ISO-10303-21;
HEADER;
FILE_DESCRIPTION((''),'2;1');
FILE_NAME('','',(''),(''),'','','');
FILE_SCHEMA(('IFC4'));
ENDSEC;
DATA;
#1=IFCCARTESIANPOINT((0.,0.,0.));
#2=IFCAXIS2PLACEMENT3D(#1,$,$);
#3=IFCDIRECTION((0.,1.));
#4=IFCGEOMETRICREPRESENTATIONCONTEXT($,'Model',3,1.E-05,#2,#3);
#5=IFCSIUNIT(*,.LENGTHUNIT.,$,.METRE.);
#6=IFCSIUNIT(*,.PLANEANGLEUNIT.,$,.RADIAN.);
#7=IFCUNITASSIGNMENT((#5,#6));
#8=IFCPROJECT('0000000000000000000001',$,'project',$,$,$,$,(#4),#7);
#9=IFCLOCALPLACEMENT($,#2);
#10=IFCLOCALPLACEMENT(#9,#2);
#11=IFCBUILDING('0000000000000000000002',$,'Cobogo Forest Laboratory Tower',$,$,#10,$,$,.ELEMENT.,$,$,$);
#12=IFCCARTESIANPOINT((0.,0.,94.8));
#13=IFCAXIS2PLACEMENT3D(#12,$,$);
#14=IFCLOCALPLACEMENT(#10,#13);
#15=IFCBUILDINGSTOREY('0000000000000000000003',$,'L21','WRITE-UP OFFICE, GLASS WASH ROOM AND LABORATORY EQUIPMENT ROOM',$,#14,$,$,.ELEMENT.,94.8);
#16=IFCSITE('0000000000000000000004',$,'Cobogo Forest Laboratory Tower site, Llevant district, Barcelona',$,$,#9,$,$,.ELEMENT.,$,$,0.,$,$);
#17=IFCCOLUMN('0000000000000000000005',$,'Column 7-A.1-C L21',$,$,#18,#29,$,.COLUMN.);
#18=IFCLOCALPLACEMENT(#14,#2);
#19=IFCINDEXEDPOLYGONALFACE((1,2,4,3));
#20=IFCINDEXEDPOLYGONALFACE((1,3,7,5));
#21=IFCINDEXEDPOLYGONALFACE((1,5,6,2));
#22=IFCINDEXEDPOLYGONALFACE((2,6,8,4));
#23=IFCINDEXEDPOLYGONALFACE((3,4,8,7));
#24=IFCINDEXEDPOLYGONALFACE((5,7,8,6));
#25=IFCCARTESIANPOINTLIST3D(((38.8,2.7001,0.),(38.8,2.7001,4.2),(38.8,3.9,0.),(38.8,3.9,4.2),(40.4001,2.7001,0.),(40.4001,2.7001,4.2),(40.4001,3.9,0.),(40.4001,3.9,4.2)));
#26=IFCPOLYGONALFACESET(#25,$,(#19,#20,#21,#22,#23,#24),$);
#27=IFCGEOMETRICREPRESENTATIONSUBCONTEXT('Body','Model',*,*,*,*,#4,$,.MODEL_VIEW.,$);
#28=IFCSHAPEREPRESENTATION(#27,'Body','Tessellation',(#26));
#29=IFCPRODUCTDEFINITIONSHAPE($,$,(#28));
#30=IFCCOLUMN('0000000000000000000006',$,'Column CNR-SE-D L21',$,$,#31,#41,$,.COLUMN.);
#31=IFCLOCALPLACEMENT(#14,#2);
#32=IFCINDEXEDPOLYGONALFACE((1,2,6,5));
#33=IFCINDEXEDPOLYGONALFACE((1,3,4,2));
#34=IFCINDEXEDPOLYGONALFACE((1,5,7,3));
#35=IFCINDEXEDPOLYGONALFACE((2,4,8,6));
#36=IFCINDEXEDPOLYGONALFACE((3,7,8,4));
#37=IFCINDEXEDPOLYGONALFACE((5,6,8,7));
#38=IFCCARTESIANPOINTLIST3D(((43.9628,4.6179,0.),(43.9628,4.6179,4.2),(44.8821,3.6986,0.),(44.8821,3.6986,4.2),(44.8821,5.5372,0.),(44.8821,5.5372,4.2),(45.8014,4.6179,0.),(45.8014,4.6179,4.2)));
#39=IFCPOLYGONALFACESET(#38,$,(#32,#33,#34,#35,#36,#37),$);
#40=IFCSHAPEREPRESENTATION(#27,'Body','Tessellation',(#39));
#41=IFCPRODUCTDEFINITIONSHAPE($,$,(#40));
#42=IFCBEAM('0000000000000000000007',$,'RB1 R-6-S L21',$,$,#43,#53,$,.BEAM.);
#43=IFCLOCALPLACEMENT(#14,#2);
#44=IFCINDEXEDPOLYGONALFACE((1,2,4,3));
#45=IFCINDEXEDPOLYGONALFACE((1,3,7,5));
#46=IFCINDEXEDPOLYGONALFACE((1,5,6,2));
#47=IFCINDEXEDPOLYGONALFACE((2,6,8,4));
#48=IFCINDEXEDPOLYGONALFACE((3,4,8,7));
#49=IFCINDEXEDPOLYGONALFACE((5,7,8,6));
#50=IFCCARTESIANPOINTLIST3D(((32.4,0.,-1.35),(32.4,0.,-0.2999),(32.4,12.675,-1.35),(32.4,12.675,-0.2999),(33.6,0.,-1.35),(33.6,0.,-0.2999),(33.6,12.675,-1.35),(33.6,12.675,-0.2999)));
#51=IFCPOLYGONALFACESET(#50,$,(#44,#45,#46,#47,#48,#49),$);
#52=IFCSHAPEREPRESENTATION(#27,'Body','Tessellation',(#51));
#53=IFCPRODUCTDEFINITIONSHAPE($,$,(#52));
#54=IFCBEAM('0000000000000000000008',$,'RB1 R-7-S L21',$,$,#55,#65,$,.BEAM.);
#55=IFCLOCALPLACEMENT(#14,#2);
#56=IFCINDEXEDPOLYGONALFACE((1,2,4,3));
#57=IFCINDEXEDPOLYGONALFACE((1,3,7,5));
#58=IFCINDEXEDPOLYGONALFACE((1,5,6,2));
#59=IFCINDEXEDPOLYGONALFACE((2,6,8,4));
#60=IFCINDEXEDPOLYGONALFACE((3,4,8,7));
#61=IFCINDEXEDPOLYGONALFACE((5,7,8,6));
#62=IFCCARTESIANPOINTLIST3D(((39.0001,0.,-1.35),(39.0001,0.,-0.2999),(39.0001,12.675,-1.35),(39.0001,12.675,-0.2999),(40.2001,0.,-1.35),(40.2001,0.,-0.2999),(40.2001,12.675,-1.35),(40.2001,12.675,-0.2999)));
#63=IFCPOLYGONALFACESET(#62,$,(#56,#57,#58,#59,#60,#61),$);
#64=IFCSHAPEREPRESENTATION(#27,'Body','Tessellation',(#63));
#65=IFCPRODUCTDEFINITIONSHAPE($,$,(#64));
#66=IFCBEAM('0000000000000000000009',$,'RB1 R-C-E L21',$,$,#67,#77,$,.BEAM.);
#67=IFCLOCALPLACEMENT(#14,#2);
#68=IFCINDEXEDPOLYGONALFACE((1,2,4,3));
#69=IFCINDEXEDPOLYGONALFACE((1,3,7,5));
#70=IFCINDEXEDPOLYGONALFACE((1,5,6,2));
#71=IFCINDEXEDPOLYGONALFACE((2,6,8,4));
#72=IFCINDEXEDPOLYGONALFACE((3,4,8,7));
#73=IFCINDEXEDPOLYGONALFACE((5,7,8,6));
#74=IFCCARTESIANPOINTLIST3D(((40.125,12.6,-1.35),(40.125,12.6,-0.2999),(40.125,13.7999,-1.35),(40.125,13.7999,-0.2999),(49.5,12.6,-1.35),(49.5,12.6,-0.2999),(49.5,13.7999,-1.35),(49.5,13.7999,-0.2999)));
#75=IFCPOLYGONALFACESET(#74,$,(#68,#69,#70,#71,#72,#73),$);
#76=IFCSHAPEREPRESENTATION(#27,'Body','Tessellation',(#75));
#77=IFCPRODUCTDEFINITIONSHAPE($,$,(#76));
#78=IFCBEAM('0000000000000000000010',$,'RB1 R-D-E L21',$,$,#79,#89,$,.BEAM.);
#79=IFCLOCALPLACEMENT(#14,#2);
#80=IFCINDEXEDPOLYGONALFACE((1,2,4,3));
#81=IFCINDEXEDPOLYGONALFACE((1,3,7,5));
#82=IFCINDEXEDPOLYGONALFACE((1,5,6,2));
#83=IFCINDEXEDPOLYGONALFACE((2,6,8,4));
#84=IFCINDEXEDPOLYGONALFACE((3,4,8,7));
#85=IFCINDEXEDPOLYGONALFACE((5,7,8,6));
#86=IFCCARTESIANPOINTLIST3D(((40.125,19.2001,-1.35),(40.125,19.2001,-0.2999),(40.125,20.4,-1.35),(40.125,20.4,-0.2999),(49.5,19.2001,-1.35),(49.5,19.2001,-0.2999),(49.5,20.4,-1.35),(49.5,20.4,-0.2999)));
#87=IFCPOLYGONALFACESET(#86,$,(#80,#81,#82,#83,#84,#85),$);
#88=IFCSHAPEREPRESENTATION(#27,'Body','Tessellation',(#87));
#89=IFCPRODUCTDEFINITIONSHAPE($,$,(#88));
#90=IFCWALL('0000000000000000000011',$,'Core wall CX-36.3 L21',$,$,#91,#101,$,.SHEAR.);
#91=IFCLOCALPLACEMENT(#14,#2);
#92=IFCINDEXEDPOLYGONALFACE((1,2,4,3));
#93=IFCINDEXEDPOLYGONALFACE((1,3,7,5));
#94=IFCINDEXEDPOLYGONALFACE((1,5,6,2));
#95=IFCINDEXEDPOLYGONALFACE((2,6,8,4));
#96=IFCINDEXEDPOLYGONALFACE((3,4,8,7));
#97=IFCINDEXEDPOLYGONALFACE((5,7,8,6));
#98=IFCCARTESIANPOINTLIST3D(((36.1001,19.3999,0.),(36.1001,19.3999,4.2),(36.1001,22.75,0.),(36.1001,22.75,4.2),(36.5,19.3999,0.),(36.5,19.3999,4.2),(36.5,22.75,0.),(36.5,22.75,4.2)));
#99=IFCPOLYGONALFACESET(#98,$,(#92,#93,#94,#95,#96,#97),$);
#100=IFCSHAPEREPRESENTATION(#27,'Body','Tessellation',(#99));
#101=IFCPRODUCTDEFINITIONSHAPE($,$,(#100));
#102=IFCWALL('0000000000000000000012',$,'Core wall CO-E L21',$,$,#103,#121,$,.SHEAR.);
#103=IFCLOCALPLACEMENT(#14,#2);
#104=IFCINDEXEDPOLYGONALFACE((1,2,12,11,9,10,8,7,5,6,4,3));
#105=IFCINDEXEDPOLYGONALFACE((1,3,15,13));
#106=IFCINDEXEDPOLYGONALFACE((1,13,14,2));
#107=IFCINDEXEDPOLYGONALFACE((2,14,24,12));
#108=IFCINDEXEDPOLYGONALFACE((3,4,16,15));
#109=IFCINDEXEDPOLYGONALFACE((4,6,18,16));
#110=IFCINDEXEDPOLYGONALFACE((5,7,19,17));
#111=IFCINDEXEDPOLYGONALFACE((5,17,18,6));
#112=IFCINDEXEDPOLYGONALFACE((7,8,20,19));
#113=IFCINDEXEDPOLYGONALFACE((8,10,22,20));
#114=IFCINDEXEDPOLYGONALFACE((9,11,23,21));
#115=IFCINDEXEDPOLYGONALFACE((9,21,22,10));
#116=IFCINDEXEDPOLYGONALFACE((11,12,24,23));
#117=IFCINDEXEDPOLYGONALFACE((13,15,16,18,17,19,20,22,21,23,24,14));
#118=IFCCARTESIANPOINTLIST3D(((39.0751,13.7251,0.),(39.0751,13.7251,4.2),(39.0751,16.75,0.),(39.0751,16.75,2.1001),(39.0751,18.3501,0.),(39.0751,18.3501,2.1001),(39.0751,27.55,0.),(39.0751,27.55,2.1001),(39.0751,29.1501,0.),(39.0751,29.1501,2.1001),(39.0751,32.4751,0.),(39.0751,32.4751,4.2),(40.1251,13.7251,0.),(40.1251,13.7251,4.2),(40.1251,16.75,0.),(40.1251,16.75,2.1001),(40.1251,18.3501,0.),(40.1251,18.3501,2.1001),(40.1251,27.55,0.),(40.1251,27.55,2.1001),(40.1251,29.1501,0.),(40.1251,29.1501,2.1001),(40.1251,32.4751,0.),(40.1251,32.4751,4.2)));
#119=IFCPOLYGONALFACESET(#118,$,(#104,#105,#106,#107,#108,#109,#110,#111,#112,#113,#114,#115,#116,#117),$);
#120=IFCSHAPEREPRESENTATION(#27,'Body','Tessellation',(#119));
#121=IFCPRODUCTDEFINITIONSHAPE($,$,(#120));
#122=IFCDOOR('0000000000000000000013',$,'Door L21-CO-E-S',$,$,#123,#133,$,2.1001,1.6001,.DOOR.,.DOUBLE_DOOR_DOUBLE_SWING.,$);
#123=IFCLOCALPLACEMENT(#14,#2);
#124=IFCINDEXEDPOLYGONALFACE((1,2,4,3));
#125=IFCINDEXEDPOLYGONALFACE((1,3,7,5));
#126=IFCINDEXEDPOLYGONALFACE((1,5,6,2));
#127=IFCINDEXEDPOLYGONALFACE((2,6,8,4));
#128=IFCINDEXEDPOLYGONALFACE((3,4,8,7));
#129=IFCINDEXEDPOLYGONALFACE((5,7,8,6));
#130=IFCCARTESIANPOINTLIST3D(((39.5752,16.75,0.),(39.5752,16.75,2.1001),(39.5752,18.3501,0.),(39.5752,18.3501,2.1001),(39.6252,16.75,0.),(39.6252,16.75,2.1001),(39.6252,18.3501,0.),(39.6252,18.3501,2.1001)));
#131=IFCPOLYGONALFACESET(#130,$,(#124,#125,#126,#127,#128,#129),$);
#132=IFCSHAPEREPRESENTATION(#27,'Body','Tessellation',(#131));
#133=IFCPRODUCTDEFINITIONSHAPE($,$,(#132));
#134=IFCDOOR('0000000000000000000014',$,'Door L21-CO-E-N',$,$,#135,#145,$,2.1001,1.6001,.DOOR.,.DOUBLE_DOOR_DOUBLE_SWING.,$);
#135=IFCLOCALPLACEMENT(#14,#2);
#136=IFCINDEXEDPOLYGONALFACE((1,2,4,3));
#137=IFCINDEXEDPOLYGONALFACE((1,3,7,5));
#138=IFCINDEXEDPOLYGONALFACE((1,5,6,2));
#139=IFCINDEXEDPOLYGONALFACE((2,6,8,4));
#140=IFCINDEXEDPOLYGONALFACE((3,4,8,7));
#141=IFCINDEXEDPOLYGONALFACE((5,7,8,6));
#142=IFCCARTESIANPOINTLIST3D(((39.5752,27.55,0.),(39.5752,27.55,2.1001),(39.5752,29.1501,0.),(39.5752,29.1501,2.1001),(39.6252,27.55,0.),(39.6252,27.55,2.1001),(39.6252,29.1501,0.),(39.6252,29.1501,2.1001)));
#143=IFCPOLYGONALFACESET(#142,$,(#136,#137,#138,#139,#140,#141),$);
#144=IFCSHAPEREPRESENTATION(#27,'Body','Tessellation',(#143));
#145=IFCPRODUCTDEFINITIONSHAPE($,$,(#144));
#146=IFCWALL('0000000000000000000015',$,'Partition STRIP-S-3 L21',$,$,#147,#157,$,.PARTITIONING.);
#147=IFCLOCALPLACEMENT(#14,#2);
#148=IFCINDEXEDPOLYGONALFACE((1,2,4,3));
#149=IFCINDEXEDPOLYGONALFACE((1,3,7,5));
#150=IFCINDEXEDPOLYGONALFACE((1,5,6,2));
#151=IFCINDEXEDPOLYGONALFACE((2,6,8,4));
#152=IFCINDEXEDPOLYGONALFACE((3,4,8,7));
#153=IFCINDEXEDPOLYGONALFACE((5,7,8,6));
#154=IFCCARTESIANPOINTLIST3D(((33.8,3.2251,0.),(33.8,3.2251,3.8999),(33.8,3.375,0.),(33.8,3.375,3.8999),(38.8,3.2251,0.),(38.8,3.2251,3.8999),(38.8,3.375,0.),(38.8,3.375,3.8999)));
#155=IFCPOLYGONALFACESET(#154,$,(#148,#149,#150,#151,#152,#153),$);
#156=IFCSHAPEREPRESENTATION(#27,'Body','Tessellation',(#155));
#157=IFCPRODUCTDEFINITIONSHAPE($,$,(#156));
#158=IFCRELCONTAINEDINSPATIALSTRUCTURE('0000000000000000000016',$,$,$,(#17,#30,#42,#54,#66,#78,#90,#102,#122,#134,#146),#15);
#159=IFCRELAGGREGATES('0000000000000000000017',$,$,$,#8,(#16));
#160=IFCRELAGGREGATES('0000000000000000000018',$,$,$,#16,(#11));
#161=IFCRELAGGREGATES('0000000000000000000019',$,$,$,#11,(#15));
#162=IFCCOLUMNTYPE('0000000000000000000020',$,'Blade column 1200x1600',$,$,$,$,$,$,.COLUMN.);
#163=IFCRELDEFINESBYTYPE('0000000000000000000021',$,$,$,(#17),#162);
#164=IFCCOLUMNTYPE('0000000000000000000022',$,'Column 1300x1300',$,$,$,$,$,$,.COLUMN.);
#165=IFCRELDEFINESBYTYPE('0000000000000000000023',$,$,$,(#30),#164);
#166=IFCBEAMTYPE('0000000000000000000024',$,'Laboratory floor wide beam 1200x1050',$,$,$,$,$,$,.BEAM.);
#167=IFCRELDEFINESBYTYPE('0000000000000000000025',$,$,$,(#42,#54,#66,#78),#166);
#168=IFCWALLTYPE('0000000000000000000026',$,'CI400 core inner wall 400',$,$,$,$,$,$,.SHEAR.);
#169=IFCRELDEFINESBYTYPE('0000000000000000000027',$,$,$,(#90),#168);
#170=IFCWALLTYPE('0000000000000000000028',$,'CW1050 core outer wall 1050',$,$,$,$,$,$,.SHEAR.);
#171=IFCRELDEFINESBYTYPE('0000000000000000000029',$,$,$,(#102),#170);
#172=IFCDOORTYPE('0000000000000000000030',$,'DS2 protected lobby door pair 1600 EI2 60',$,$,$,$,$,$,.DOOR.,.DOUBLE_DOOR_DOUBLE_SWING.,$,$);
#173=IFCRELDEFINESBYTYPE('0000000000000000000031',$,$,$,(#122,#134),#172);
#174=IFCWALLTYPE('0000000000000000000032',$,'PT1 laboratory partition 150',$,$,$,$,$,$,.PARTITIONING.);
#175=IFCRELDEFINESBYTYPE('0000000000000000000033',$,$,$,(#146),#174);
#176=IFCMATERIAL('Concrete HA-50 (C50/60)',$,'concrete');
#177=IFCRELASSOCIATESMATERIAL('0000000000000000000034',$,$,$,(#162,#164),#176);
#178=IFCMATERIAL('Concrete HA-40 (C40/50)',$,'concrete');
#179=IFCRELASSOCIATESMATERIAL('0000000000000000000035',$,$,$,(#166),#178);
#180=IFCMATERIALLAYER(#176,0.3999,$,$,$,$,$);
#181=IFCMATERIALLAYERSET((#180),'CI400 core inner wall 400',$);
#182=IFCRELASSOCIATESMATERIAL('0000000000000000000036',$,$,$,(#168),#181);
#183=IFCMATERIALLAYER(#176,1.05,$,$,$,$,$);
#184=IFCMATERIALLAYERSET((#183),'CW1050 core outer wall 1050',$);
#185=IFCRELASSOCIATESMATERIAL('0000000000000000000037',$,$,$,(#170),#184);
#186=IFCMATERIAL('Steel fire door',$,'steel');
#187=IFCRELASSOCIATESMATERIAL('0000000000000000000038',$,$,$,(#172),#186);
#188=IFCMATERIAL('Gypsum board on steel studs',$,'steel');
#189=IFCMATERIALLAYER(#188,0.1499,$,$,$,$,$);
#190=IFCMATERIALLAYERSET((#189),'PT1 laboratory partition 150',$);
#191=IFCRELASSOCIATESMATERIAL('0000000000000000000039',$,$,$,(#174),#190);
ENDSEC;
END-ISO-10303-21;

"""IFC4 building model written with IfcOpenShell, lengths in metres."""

from ifc_helpers import new_model, si_unit, direction, frame, frame_2d, origin, origin_2d, place, context, subcontext, project, spatial, rectangle, extrude, material, layer, layer_set, material_profile, profile_set, type_object, element, fill, save


model = new_model("IFC4")

# Units and contexts
model_context = context("Model", 3, precision=1e-05, world=origin(), true_north=direction((0.0, 1.0)))
body_context = subcontext(model_context, "Body", "Model", "MODEL_VIEW")
ifc_project = project(units=[si_unit("LENGTHUNIT", "METRE"), si_unit("PLANEANGLEUNIT", "RADIAN")], contexts=[model_context])

# Site, building, storey
site_placement = place(None, origin())
site = spatial("IfcSite", under=ifc_project, at=site_placement, Name="Cobogo Forest Laboratory Tower site, Llevant district, Barcelona", CompositionType="ELEMENT", RefElevation=0.0)
building_placement = place(site_placement, origin())
building = spatial("IfcBuilding", under=site, at=building_placement, Name="Cobogo Forest Laboratory Tower", CompositionType="ELEMENT")
storey_placement = place(building_placement, frame((0.0, 0.0, 94.8)))
storey = spatial("IfcBuildingStorey", under=building, at=storey_placement, Name="L21", Description="WRITE-UP OFFICE, GLASS WASH ROOM AND LABORATORY EQUIPMENT ROOM", CompositionType="ELEMENT", Elevation=94.8)

# Columns
ifc_material_1 = material(Name="Concrete HA-50 (C50/60)", Category="concrete")
ifc_material_profile_1 = material_profile(ifc_material_1, rectangle(XDim=1.6001, YDim=1.2, at=origin_2d()), Name="RC 1200x1600")
ifc_profile_set_1 = profile_set([ifc_material_profile_1], Name="Concrete HA-50 (C50/60)")
column_type_1 = type_object("IfcColumnType", Name="Blade column 1200x1600", PredefinedType="COLUMN", material=ifc_profile_set_1)
column_1_placement = place(storey_placement, frame((39.6001, 3.3, 0.0), z_axis=(0.0, 0.0, 1.0), x_axis=(1.0, 0.0, 0.0)))
element("IfcColumn", 1, at=column_1_placement, inside=storey, type_object=column_type_1, Name="Column 7-A.1-C L21", PredefinedType="COLUMN", context=body_context, shape_type="SweptSolid", body=[
    extrude(rectangle(XDim=1.6001, YDim=1.2, at=origin_2d()), origin(), (0.0, 0.0, 1.0), 4.2),
])
ifc_material_profile_2 = material_profile(ifc_material_1, rectangle(XDim=1.3, YDim=1.3, at=origin_2d()), Name="RC 1300x1300")
ifc_profile_set_2 = profile_set([ifc_material_profile_2], Name="Concrete HA-50 (C50/60)")
column_type_2 = type_object("IfcColumnType", Name="Column 1300x1300", PredefinedType="COLUMN", material=ifc_profile_set_2)
column_2_placement = place(storey_placement, frame((44.8821, 4.6179, 0.0), z_axis=(0.0, 0.0, 1.0), x_axis=(0.707107, 0.707107, 0.0)))
element("IfcColumn", 2, at=column_2_placement, inside=storey, type_object=column_type_2, Name="Column CNR-SE-D L21", PredefinedType="COLUMN", context=body_context, shape_type="SweptSolid", body=[
    extrude(rectangle(XDim=1.3, YDim=1.3, at=origin_2d()), origin(), (0.0, 0.0, 1.0), 4.2),
])

# Beams
ifc_material_2 = material(Name="Concrete HA-40 (C40/50)", Category="concrete")
ifc_material_profile_3 = material_profile(ifc_material_2, rectangle(XDim=1.2, YDim=1.05, at=origin_2d()), Name="RC 1200x1050")
ifc_profile_set_3 = profile_set([ifc_material_profile_3], Name="Concrete HA-40 (C40/50)")
beam_type = type_object("IfcBeamType", Name="Laboratory floor wide beam 1200x1050", PredefinedType="BEAM", material=ifc_profile_set_3)
for number, where, z_axis, x_axis, name in (
    (3, (33.0, 12.675, -0.825), (0.0, -1.0, 0.0), (1.0, 0.0, 0.0), "RB1 R-6-S L21"),
    (4, (39.6001, 12.675, -0.825), (0.0, -1.0, 0.0), (1.0, 0.0, 0.0), "RB1 R-7-S L21"),
):
    element("IfcBeam", number, at=place(storey_placement, frame(where, z_axis=z_axis, x_axis=x_axis)), inside=storey, type_object=beam_type, Name=name, PredefinedType="BEAM", context=body_context, shape_type="SweptSolid", body=[
        extrude(rectangle(XDim=1.2, YDim=1.05, at=origin_2d()), origin(), (0.0, 0.0, 1.0), 12.675),
    ])
for number, where, z_axis, x_axis, name in (
    (5, (40.125, 13.2, -0.825), (1.0, 0.0, 0.0), (0.0, 1.0, 0.0), "RB1 R-C-E L21"),
    (6, (40.125, 19.8, -0.825), (1.0, 0.0, 0.0), (0.0, 1.0, 0.0), "RB1 R-D-E L21"),
):
    element("IfcBeam", number, at=place(storey_placement, frame(where, z_axis=z_axis, x_axis=x_axis)), inside=storey, type_object=beam_type, Name=name, PredefinedType="BEAM", context=body_context, shape_type="SweptSolid", body=[
        extrude(rectangle(XDim=1.2, YDim=1.05, at=origin_2d()), origin(), (0.0, 0.0, 1.0), 9.375),
    ])

# Wall
ifc_layer_1 = layer(ifc_material_1, 0.3999)
ifc_layer_set_1 = layer_set([ifc_layer_1], Name="CI400 core inner wall 400")
wall_type_1 = type_object("IfcWallType", Name="CI400 core inner wall 400", PredefinedType="SHEAR", material=ifc_layer_set_1)
wall_1_placement = place(storey_placement, frame((36.3, 19.3999, 0.0), z_axis=(0.0, 0.0, 1.0), x_axis=(0.0, 1.0, 0.0)))
element("IfcWall", 7, at=wall_1_placement, inside=storey, type_object=wall_type_1, Name="Core wall CX-36.3 L21", PredefinedType="SHEAR", context=body_context, shape_type="SweptSolid", body=[
    extrude(rectangle(XDim=3.3501, YDim=0.3999, at=frame_2d((1.675, 0.0))), origin(), (0.0, 0.0, 1.0), 4.2),
])

# Wall, openings, doors
ifc_layer_2 = layer(ifc_material_1, 1.05)
ifc_layer_set_2 = layer_set([ifc_layer_2], Name="CW1050 core outer wall 1050")
wall_type_2 = type_object("IfcWallType", Name="CW1050 core outer wall 1050", PredefinedType="SHEAR", material=ifc_layer_set_2)
wall_2_placement = place(storey_placement, frame((39.6001, 13.7251, 0.0), z_axis=(0.0, 0.0, 1.0), x_axis=(0.0, 1.0, 0.0)))
wall_2 = element("IfcWall", 8, at=wall_2_placement, inside=storey, type_object=wall_type_2, Name="Core wall CO-E L21", PredefinedType="SHEAR", context=body_context, shape_type="SweptSolid", body=[
    extrude(rectangle(XDim=18.75, YDim=1.05, at=frame_2d((9.375, 0.0))), origin(), (0.0, 0.0, 1.0), 4.2),
])
opening_1_placement = place(wall_2_placement, frame((3.0249, 0.0, 0.0)))
opening_1 = element("IfcOpeningElement", 9, at=opening_1_placement, cuts=wall_2, PredefinedType="OPENING", context=body_context, shape_type="SweptSolid", body=[
    extrude(rectangle(XDim=1.6001, YDim=2.1001, at=frame_2d((0.8, 1.05))), frame((0.0, 0.5349, 0.0), z_axis=(0.0, -1.0, 0.0), x_axis=(1.0, 0.0, 0.0)), (0.0, 0.0, 1.0), 1.0701),
])
opening_2_placement = place(wall_2_placement, frame((13.825, 0.0, 0.0)))
opening_2 = element("IfcOpeningElement", 10, at=opening_2_placement, cuts=wall_2, PredefinedType="OPENING", context=body_context, shape_type="SweptSolid", body=[
    extrude(rectangle(XDim=1.6001, YDim=2.1001, at=frame_2d((0.8, 1.05))), frame((0.0, 0.5349, 0.0), z_axis=(0.0, -1.0, 0.0), x_axis=(1.0, 0.0, 0.0)), (0.0, 0.0, 1.0), 1.0701),
])
ifc_material_3 = material(Name="Steel fire door", Category="steel")
door_type_1 = type_object("IfcDoorType", Name="DS2 protected lobby door pair 1600 EI2 60", OperationType="DOUBLE_DOOR_DOUBLE_SWING", PredefinedType="DOOR", material=ifc_material_3)
door_1_placement = place(opening_1_placement, origin())
door_1 = element("IfcDoor", 11, at=door_1_placement, inside=storey, type_object=door_type_1, Name="Door L21-CO-E-S", OperationType="DOUBLE_DOOR_DOUBLE_SWING", OverallHeight=2.1001, OverallWidth=1.6001, PredefinedType="DOOR", context=body_context, shape_type="SweptSolid", body=[
    extrude(rectangle(XDim=1.6001, YDim=2.1001, at=frame_2d((0.8, 1.05))), frame((0.0, 0.0249, 0.0), z_axis=(0.0, -1.0, 0.0), x_axis=(1.0, 0.0, 0.0)), (0.0, 0.0, 1.0), 0.05),
])
fill(opening_1, door_1)
door_2_placement = place(opening_2_placement, origin())
door_2 = element("IfcDoor", 12, at=door_2_placement, inside=storey, type_object=door_type_1, Name="Door L21-CO-E-N", OperationType="DOUBLE_DOOR_DOUBLE_SWING", OverallHeight=2.1001, OverallWidth=1.6001, PredefinedType="DOOR", context=body_context, shape_type="SweptSolid", body=[
    extrude(rectangle(XDim=1.6001, YDim=2.1001, at=frame_2d((0.8, 1.05))), frame((0.0, 0.0249, 0.0), z_axis=(0.0, -1.0, 0.0), x_axis=(1.0, 0.0, 0.0)), (0.0, 0.0, 1.0), 0.05),
])
fill(opening_2, door_2)

# Wall
ifc_material_4 = material(Name="Gypsum board on steel studs", Category="steel")
ifc_layer_3 = layer(ifc_material_4, 0.1499)
ifc_layer_set_3 = layer_set([ifc_layer_3], Name="PT1 laboratory partition 150")
wall_type_3 = type_object("IfcWallType", Name="PT1 laboratory partition 150", PredefinedType="PARTITIONING", material=ifc_layer_set_3)
wall_3_placement = place(storey_placement, frame((33.8, 3.3, 0.0), z_axis=(0.0, 0.0, 1.0), x_axis=(1.0, 0.0, 0.0)))
element("IfcWall", 13, at=wall_3_placement, inside=storey, type_object=wall_type_3, Name="Partition STRIP-S-3 L21", PredefinedType="PARTITIONING", context=body_context, shape_type="SweptSolid", body=[
    extrude(rectangle(XDim=5.0, YDim=0.1499, at=frame_2d((2.5, 0.0))), origin(), (0.0, 0.0, 1.0), 3.8999),
])

save(model, "model.ifc")
